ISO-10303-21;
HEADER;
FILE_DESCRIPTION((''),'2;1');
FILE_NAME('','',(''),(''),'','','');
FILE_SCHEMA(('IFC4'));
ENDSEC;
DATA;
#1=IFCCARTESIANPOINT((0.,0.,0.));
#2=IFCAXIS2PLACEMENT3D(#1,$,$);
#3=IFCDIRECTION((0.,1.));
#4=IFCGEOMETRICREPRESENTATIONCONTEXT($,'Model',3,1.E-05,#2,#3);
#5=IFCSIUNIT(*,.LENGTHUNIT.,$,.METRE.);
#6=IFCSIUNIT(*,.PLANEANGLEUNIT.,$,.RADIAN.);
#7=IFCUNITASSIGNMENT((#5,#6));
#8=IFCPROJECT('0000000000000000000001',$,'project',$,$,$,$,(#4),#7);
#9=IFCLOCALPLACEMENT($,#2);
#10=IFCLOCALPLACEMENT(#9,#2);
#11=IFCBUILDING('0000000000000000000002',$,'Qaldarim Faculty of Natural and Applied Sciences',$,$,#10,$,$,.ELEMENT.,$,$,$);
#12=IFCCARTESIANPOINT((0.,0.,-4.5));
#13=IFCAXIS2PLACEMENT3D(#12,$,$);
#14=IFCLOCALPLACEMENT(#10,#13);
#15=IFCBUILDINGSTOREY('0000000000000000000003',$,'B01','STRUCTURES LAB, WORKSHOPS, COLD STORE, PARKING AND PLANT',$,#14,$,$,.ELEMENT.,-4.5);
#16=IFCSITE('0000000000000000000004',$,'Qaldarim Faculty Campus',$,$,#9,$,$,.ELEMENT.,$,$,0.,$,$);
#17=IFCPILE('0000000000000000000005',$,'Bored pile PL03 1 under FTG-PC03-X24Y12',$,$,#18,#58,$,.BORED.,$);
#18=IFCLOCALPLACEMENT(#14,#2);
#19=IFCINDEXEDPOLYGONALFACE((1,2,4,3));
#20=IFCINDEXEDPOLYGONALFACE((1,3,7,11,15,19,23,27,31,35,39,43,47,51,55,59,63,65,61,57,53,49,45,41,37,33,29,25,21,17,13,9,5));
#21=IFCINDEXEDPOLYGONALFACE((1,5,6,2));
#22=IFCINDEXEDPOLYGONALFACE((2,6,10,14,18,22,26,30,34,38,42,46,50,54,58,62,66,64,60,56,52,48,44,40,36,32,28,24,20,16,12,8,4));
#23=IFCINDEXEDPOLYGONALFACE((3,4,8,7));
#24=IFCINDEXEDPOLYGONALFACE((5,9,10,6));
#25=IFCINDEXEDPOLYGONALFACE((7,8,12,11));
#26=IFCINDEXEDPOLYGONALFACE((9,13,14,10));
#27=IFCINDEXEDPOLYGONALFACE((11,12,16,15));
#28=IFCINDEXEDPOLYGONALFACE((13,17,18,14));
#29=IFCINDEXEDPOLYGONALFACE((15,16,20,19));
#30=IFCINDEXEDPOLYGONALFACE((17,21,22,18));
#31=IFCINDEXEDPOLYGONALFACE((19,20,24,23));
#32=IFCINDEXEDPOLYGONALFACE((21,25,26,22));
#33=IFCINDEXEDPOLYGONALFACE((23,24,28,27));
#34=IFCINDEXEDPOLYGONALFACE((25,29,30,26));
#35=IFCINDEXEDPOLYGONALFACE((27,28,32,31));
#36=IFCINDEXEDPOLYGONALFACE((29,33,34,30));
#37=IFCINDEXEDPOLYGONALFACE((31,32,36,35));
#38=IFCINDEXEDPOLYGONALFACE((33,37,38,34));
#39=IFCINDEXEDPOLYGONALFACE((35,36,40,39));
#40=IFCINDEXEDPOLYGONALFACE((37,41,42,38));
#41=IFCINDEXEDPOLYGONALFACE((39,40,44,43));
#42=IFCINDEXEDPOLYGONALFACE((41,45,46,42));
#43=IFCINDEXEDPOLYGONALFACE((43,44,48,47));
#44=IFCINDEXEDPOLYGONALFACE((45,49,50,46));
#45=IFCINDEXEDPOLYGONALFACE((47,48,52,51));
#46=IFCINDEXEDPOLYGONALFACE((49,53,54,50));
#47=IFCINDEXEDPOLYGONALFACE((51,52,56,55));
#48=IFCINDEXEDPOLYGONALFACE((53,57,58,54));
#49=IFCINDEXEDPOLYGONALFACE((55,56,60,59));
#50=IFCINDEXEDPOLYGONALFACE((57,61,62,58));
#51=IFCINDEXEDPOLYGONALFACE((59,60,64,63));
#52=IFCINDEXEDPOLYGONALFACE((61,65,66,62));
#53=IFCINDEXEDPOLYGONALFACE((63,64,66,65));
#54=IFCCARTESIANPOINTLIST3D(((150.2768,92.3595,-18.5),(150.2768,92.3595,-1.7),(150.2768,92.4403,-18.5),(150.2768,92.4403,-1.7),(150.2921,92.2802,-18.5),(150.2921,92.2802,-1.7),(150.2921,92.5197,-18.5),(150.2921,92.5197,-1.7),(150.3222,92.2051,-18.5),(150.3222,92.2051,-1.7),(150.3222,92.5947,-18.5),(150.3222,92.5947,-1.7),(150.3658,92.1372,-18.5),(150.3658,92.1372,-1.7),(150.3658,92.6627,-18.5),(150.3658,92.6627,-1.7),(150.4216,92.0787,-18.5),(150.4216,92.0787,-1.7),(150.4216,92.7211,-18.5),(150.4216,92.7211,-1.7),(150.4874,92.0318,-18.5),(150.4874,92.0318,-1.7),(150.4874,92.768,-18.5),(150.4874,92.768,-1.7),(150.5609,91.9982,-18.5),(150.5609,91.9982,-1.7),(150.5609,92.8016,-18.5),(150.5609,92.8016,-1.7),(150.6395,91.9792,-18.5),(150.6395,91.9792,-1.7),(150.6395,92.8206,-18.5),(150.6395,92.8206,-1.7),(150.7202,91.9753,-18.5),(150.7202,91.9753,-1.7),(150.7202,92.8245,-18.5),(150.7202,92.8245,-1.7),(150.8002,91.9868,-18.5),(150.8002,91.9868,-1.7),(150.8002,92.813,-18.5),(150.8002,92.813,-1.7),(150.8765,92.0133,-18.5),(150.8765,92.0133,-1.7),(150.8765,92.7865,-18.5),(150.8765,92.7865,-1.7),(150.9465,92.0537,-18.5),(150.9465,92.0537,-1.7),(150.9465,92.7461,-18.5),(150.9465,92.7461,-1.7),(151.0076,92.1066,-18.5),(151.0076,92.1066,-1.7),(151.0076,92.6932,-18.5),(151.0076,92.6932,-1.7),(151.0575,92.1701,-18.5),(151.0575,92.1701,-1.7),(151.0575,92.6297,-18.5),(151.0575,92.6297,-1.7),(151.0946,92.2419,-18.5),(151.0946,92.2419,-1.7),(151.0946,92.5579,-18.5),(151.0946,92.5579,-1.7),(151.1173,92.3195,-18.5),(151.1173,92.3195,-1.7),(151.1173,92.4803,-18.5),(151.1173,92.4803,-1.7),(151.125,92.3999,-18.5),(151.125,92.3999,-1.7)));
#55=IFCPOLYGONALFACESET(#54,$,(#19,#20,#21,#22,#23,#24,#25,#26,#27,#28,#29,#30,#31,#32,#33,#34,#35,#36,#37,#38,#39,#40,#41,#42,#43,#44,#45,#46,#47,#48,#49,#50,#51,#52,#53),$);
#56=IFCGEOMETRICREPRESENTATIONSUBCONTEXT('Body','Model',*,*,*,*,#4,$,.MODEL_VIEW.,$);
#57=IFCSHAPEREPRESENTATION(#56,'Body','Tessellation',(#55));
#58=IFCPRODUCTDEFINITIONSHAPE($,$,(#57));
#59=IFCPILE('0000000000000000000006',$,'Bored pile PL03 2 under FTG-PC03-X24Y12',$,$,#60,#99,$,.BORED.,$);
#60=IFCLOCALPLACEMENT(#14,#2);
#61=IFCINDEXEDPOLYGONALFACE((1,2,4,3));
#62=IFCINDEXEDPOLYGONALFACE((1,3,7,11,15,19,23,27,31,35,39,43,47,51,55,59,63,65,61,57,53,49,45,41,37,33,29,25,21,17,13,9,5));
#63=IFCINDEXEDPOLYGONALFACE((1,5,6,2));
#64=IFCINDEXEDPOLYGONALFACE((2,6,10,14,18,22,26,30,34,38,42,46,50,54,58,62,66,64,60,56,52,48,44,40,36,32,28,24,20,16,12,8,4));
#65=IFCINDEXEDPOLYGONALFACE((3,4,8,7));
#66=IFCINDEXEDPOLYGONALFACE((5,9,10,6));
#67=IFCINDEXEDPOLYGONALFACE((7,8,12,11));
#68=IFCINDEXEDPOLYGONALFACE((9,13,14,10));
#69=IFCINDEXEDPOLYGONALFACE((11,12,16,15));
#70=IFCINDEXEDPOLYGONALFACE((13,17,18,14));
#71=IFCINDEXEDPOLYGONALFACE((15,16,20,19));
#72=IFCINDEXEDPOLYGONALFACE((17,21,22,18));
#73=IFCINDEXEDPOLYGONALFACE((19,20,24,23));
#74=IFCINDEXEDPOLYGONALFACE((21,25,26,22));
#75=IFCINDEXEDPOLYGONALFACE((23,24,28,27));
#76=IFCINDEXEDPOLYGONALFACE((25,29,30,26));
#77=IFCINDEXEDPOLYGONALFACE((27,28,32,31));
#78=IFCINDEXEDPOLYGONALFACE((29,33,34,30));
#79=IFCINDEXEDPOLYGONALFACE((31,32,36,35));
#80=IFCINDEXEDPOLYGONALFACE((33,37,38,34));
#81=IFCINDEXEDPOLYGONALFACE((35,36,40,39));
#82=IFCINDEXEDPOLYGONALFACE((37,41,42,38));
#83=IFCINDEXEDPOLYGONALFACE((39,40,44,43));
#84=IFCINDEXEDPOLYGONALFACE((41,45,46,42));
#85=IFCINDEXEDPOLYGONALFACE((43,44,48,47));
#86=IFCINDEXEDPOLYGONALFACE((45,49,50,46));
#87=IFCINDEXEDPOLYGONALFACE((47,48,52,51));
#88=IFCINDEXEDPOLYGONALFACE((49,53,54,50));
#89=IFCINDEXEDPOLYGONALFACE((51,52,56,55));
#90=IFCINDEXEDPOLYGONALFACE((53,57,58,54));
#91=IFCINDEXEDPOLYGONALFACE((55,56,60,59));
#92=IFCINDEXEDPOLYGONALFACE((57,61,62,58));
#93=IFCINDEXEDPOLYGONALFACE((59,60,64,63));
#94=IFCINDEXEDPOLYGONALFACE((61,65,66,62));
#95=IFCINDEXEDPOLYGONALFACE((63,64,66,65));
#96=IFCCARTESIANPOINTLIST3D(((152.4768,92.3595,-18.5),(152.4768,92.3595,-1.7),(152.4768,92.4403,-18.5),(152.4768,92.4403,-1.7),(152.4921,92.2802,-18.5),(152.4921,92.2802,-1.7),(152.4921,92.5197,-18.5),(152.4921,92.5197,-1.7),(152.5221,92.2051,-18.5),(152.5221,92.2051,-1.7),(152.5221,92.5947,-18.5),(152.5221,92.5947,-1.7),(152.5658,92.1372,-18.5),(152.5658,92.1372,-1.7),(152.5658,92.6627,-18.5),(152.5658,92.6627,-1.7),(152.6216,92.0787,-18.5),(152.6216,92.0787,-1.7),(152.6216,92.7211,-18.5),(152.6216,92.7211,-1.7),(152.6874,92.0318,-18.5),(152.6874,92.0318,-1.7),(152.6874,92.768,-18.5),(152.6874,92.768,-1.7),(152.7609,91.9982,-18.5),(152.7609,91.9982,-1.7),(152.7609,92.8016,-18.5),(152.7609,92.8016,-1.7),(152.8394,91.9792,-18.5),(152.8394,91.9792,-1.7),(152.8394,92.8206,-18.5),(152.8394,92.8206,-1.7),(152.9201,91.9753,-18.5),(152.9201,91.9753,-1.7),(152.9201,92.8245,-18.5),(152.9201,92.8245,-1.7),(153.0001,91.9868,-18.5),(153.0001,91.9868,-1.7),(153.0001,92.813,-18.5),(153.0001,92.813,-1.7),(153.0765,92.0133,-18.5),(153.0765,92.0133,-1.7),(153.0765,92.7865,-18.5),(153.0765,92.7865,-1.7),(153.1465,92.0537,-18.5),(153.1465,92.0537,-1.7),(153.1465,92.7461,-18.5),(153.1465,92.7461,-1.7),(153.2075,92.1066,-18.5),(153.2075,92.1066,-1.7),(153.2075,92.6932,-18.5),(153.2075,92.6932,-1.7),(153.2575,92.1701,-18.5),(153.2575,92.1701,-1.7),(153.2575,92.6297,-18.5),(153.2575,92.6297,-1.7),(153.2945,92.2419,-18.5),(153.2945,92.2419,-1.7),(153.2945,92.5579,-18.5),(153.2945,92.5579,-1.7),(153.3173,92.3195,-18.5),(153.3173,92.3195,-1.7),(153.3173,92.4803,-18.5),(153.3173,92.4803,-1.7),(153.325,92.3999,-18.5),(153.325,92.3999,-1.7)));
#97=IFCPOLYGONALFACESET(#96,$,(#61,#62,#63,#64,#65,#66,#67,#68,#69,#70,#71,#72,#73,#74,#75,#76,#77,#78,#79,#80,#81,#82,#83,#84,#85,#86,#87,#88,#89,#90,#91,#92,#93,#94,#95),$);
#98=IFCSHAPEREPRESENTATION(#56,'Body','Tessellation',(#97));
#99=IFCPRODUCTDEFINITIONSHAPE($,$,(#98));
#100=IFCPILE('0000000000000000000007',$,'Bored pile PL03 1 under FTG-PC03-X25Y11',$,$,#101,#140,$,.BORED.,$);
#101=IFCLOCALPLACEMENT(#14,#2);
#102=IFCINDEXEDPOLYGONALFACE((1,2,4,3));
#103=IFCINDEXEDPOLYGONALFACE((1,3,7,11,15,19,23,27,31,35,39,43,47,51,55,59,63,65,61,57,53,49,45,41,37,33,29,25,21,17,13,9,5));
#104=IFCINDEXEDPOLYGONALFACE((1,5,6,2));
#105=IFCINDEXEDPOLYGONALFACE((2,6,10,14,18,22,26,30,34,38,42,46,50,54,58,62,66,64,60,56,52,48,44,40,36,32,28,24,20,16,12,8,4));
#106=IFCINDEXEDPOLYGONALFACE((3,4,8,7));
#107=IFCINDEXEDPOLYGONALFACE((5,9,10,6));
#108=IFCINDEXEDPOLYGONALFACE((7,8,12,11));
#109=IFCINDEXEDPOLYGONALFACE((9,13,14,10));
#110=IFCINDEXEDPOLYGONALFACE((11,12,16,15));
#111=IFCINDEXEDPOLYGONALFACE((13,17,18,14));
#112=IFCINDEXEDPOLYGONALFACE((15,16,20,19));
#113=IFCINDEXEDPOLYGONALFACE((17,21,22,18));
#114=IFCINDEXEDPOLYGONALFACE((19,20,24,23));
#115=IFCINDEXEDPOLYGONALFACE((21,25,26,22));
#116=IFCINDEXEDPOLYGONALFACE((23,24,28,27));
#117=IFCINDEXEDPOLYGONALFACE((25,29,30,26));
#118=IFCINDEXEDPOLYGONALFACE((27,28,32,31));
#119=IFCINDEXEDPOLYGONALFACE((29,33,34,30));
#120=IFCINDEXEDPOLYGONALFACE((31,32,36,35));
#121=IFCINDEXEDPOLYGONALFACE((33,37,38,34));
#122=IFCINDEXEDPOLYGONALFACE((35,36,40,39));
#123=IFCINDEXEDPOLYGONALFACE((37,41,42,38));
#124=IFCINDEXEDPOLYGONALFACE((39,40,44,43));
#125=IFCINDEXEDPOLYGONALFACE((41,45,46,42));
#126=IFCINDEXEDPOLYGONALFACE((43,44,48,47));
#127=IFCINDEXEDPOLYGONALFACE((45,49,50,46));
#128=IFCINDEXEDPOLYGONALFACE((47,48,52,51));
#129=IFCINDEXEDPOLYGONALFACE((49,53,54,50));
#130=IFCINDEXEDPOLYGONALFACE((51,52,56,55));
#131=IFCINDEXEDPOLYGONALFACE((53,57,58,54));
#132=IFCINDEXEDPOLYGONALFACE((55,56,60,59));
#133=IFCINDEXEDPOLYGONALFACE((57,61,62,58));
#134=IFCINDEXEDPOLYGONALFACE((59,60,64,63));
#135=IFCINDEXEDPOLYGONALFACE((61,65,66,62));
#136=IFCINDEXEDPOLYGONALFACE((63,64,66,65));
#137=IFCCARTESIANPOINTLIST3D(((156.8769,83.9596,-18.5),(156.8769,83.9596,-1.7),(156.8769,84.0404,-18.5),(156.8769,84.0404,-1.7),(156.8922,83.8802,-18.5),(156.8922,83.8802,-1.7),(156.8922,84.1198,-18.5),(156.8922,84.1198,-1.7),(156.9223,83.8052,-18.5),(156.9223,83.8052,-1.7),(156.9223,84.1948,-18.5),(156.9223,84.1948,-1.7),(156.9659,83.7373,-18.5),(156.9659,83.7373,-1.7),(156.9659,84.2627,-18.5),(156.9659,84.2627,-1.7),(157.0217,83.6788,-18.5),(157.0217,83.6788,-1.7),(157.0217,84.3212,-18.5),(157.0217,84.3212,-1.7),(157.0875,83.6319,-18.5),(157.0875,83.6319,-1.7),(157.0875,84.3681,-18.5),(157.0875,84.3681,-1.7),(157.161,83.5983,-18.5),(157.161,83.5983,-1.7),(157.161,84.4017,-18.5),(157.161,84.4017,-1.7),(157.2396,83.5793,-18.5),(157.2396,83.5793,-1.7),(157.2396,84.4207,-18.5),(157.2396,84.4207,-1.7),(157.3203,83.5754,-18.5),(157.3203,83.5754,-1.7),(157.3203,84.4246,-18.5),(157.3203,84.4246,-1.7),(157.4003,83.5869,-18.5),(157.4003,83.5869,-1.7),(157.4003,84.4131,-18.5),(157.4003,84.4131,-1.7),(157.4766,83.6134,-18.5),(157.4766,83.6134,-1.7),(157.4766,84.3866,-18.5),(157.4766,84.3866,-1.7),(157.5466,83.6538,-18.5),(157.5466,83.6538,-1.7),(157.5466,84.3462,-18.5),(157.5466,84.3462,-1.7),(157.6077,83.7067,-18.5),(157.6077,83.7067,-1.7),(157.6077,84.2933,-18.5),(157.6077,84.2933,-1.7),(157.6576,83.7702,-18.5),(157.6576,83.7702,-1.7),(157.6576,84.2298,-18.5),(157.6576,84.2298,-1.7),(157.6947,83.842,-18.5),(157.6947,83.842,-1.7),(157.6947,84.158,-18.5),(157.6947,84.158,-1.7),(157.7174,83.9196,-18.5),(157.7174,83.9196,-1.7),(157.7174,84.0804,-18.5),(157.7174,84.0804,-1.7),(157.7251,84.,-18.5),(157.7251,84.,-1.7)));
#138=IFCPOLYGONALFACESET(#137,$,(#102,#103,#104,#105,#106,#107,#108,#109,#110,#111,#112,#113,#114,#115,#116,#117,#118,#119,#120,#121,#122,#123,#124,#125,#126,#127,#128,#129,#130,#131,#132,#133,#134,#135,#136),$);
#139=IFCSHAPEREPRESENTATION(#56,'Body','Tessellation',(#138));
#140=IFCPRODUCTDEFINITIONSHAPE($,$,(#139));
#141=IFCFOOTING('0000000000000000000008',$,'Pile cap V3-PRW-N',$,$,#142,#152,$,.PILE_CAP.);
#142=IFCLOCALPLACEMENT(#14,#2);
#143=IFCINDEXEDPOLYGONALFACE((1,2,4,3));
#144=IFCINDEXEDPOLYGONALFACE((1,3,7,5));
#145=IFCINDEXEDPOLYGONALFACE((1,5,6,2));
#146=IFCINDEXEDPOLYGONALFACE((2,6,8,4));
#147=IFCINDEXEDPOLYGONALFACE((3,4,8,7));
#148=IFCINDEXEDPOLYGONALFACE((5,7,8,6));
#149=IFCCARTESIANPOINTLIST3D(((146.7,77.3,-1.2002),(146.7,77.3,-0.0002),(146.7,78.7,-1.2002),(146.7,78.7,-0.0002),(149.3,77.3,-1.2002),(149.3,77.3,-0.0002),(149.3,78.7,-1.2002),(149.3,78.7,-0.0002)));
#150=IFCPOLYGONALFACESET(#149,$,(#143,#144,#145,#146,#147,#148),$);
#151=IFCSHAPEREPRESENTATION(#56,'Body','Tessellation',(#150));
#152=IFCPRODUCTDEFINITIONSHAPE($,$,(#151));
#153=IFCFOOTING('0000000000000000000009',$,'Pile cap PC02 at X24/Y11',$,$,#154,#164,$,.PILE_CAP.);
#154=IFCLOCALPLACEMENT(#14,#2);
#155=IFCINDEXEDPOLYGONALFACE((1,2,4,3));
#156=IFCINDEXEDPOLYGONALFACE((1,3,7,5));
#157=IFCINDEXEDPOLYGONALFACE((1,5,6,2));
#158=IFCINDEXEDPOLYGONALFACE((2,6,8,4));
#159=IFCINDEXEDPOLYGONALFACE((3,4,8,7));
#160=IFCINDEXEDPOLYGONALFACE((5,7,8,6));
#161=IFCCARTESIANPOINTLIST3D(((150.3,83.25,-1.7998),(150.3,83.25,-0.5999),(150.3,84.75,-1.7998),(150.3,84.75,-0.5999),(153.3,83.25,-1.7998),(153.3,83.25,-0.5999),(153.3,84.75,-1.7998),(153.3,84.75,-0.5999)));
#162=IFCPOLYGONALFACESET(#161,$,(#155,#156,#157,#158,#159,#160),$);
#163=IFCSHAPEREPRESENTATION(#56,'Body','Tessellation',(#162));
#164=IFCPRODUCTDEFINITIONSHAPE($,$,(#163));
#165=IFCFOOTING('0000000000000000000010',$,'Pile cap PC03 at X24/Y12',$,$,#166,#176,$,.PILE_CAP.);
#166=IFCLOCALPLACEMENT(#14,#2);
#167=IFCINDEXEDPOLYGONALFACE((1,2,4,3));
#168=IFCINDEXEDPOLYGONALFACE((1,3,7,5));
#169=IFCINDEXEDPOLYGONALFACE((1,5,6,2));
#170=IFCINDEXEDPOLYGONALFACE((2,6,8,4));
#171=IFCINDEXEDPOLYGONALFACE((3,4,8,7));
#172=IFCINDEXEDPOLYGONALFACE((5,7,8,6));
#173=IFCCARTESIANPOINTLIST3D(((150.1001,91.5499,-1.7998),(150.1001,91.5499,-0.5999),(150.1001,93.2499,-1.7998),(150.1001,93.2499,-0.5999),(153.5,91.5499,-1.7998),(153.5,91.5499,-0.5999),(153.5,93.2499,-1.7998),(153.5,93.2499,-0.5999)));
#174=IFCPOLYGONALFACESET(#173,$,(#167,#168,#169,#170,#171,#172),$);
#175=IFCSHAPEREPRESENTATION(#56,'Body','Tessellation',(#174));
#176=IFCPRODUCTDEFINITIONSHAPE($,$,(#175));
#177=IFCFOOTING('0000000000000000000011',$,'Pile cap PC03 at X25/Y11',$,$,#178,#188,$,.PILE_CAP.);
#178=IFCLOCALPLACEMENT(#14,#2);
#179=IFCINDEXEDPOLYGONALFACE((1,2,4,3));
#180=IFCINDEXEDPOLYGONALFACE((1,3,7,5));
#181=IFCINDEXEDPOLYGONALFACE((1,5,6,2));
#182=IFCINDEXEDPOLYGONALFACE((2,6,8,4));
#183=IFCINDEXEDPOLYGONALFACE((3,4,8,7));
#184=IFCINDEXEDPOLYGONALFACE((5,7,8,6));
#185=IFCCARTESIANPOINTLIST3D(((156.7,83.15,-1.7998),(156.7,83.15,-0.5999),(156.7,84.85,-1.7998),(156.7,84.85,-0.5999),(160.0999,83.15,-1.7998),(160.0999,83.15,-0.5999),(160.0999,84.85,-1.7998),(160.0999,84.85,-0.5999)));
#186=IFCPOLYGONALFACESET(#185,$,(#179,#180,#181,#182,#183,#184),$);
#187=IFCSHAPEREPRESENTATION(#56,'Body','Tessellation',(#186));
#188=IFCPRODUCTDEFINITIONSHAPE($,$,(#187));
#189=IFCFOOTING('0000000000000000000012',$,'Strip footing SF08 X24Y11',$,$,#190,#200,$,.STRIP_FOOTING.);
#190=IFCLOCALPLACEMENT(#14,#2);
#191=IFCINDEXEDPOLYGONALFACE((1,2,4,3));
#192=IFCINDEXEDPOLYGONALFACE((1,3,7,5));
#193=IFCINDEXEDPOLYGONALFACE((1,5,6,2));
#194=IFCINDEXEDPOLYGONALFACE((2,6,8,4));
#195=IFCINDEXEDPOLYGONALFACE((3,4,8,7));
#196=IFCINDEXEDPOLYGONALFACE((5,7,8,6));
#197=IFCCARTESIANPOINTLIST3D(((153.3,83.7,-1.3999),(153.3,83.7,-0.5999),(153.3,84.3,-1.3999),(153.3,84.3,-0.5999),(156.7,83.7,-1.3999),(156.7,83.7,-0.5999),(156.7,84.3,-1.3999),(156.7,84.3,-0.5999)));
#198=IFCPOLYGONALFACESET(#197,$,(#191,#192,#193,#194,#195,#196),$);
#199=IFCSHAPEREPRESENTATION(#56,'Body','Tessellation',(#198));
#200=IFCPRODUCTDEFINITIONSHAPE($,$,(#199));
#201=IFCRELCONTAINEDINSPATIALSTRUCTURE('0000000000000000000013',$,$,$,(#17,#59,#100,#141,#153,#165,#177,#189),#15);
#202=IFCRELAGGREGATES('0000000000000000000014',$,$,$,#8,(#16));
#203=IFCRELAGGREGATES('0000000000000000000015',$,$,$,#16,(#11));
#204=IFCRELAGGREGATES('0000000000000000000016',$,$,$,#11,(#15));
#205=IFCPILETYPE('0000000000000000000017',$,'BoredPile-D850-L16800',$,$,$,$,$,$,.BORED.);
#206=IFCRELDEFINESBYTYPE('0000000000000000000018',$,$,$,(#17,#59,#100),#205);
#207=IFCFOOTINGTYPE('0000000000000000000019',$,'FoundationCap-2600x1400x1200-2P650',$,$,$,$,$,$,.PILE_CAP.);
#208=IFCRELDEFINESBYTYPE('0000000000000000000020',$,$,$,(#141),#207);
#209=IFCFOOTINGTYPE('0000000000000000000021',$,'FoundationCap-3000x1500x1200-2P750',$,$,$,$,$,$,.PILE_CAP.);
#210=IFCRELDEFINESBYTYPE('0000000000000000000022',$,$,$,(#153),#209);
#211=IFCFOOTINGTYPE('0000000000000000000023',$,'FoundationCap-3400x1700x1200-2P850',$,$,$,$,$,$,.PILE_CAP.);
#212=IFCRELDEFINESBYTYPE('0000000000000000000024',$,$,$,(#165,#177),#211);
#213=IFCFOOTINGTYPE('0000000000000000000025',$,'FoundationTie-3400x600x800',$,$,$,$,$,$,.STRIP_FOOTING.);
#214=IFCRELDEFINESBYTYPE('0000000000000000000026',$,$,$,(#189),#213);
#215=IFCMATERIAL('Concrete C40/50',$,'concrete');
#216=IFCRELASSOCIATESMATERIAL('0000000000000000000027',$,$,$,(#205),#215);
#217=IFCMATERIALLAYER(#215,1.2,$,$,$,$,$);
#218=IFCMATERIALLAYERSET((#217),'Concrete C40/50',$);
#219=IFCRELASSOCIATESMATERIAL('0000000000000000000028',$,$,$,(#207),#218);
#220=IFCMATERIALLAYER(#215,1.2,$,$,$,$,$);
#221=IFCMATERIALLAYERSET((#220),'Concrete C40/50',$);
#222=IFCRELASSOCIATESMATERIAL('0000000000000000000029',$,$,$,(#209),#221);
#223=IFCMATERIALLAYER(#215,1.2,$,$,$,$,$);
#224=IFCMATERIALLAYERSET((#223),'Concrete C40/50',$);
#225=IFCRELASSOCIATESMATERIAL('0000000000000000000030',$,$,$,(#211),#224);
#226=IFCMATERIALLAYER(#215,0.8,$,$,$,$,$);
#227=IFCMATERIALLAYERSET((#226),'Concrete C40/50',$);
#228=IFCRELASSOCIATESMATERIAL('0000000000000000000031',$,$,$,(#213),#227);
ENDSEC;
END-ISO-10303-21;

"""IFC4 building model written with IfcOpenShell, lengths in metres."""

from ifc_helpers import new_model, si_unit, direction, frame, origin, origin_2d, place, context, subcontext, project, spatial, rectangle, circle, extrude, material, layer, layer_set, material_profile, profile_set, type_object, element, save


model = new_model("IFC4")

# Units and contexts
model_context = context("Model", 3, precision=1e-05, world=origin(), true_north=direction((0.0, 1.0)))
body_context = subcontext(model_context, "Body", "Model", "MODEL_VIEW")
ifc_project = project(units=[si_unit("LENGTHUNIT", "METRE"), si_unit("PLANEANGLEUNIT", "RADIAN")], contexts=[model_context])

# Site, building, storey
site_placement = place(None, origin())
site = spatial("IfcSite", under=ifc_project, at=site_placement, Name="Qaldarim Faculty Campus", CompositionType="ELEMENT", RefElevation=0.0)
building_placement = place(site_placement, origin())
building = spatial("IfcBuilding", under=site, at=building_placement, Name="Qaldarim Faculty of Natural and Applied Sciences", CompositionType="ELEMENT")
storey_placement = place(building_placement, frame((0.0, 0.0, -4.5)))
storey = spatial("IfcBuildingStorey", under=building, at=storey_placement, Name="B01", Description="STRUCTURES LAB, WORKSHOPS, COLD STORE, PARKING AND PLANT", CompositionType="ELEMENT", Elevation=-4.5)

# Piles
ifc_material_1 = material(Name="Concrete C40/50", Category="concrete")
ifc_material_profile_1 = material_profile(ifc_material_1, circle(Radius=0.425, at=origin_2d()), Name="PILE-D850")
ifc_profile_set_1 = profile_set([ifc_material_profile_1], Name="Concrete C40/50")
pile_type_1 = type_object("IfcPileType", Name="BoredPile-D850-L16800", PredefinedType="BORED", material=ifc_profile_set_1)
for number, where, z_axis, x_axis, name in (
    (1, (150.7, 92.3999, -1.7), (0.0, 0.0, -1.0), (1.0, 0.0, 0.0), "Bored pile PL03 1 under FTG-PC03-X24Y12"),
    (2, (152.8999, 92.3999, -1.7), (0.0, 0.0, -1.0), (1.0, 0.0, 0.0), "Bored pile PL03 2 under FTG-PC03-X24Y12"),
    (3, (157.3, 84.0, -1.7), (0.0, 0.0, -1.0), (1.0, 0.0, 0.0), "Bored pile PL03 1 under FTG-PC03-X25Y11"),
):
    element("IfcPile", number, at=place(storey_placement, frame(where, z_axis=z_axis, x_axis=x_axis)), inside=storey, type_object=pile_type_1, Name=name, PredefinedType="BORED", context=body_context, shape_type="SweptSolid", body=[
        extrude(circle(Radius=0.425, at=origin_2d()), origin(), (0.0, 0.0, 1.0), 16.8),
    ])

# Footings
ifc_layer_1 = layer(ifc_material_1, 1.2)
ifc_layer_set_1 = layer_set([ifc_layer_1], Name="Concrete C40/50")
footing_type_1 = type_object("IfcFootingType", Name="FoundationCap-2600x1400x1200-2P650", PredefinedType="PILE_CAP", material=ifc_layer_set_1)
footing_1_placement = place(storey_placement, frame((148.0, 78.0, -1.2002), z_axis=(0.0, 0.0, 1.0), x_axis=(1.0, 0.0, 0.0)))
element("IfcFooting", 4, at=footing_1_placement, inside=storey, type_object=footing_type_1, Name="Pile cap V3-PRW-N", PredefinedType="PILE_CAP", context=body_context, shape_type="SweptSolid", body=[
    extrude(rectangle(XDim=2.6001, YDim=1.3999, at=origin_2d()), origin(), (0.0, 0.0, 1.0), 1.2),
])
ifc_layer_2 = layer(ifc_material_1, 1.2)
ifc_layer_set_2 = layer_set([ifc_layer_2], Name="Concrete C40/50")
footing_type_2 = type_object("IfcFootingType", Name="FoundationCap-3000x1500x1200-2P750", PredefinedType="PILE_CAP", material=ifc_layer_set_2)
footing_2_placement = place(storey_placement, frame((151.8, 84.0, -1.7998), z_axis=(0.0, 0.0, 1.0), x_axis=(1.0, 0.0, 0.0)))
element("IfcFooting", 5, at=footing_2_placement, inside=storey, type_object=footing_type_2, Name="Pile cap PC02 at X24/Y11", PredefinedType="PILE_CAP", context=body_context, shape_type="SweptSolid", body=[
    extrude(rectangle(XDim=3.0, YDim=1.5, at=origin_2d()), origin(), (0.0, 0.0, 1.0), 1.2),
])
ifc_layer_3 = layer(ifc_material_1, 1.2)
ifc_layer_set_3 = layer_set([ifc_layer_3], Name="Concrete C40/50")
footing_type_3 = type_object("IfcFootingType", Name="FoundationCap-3400x1700x1200-2P850", PredefinedType="PILE_CAP", material=ifc_layer_set_3)
for number, where, z_axis, x_axis, name in (
    (6, (151.8, 92.3999, -1.7998), (0.0, 0.0, 1.0), (1.0, 0.0, 0.0), "Pile cap PC03 at X24/Y12"),
    (7, (158.3999, 84.0, -1.7998), (0.0, 0.0, 1.0), (1.0, 0.0, 0.0), "Pile cap PC03 at X25/Y11"),
):
    element("IfcFooting", number, at=place(storey_placement, frame(where, z_axis=z_axis, x_axis=x_axis)), inside=storey, type_object=footing_type_3, Name=name, PredefinedType="PILE_CAP", context=body_context, shape_type="SweptSolid", body=[
        extrude(rectangle(XDim=3.3999, YDim=1.7, at=origin_2d()), origin(), (0.0, 0.0, 1.0), 1.2),
    ])
ifc_layer_4 = layer(ifc_material_1, 0.8)
ifc_layer_set_4 = layer_set([ifc_layer_4], Name="Concrete C40/50")
footing_type_4 = type_object("IfcFootingType", Name="FoundationTie-3400x600x800", PredefinedType="STRIP_FOOTING", material=ifc_layer_set_4)
footing_3_placement = place(storey_placement, frame((155.0, 84.0, -1.3999), z_axis=(0.0, 0.0, 1.0), x_axis=(1.0, 0.0, 0.0)))
element("IfcFooting", 8, at=footing_3_placement, inside=storey, type_object=footing_type_4, Name="Strip footing SF08 X24Y11", PredefinedType="STRIP_FOOTING", context=body_context, shape_type="SweptSolid", body=[
    extrude(rectangle(XDim=3.3999, YDim=0.6001, at=origin_2d()), origin(), (0.0, 0.0, 1.0), 0.8),
])

save(model, "model.ifc")
